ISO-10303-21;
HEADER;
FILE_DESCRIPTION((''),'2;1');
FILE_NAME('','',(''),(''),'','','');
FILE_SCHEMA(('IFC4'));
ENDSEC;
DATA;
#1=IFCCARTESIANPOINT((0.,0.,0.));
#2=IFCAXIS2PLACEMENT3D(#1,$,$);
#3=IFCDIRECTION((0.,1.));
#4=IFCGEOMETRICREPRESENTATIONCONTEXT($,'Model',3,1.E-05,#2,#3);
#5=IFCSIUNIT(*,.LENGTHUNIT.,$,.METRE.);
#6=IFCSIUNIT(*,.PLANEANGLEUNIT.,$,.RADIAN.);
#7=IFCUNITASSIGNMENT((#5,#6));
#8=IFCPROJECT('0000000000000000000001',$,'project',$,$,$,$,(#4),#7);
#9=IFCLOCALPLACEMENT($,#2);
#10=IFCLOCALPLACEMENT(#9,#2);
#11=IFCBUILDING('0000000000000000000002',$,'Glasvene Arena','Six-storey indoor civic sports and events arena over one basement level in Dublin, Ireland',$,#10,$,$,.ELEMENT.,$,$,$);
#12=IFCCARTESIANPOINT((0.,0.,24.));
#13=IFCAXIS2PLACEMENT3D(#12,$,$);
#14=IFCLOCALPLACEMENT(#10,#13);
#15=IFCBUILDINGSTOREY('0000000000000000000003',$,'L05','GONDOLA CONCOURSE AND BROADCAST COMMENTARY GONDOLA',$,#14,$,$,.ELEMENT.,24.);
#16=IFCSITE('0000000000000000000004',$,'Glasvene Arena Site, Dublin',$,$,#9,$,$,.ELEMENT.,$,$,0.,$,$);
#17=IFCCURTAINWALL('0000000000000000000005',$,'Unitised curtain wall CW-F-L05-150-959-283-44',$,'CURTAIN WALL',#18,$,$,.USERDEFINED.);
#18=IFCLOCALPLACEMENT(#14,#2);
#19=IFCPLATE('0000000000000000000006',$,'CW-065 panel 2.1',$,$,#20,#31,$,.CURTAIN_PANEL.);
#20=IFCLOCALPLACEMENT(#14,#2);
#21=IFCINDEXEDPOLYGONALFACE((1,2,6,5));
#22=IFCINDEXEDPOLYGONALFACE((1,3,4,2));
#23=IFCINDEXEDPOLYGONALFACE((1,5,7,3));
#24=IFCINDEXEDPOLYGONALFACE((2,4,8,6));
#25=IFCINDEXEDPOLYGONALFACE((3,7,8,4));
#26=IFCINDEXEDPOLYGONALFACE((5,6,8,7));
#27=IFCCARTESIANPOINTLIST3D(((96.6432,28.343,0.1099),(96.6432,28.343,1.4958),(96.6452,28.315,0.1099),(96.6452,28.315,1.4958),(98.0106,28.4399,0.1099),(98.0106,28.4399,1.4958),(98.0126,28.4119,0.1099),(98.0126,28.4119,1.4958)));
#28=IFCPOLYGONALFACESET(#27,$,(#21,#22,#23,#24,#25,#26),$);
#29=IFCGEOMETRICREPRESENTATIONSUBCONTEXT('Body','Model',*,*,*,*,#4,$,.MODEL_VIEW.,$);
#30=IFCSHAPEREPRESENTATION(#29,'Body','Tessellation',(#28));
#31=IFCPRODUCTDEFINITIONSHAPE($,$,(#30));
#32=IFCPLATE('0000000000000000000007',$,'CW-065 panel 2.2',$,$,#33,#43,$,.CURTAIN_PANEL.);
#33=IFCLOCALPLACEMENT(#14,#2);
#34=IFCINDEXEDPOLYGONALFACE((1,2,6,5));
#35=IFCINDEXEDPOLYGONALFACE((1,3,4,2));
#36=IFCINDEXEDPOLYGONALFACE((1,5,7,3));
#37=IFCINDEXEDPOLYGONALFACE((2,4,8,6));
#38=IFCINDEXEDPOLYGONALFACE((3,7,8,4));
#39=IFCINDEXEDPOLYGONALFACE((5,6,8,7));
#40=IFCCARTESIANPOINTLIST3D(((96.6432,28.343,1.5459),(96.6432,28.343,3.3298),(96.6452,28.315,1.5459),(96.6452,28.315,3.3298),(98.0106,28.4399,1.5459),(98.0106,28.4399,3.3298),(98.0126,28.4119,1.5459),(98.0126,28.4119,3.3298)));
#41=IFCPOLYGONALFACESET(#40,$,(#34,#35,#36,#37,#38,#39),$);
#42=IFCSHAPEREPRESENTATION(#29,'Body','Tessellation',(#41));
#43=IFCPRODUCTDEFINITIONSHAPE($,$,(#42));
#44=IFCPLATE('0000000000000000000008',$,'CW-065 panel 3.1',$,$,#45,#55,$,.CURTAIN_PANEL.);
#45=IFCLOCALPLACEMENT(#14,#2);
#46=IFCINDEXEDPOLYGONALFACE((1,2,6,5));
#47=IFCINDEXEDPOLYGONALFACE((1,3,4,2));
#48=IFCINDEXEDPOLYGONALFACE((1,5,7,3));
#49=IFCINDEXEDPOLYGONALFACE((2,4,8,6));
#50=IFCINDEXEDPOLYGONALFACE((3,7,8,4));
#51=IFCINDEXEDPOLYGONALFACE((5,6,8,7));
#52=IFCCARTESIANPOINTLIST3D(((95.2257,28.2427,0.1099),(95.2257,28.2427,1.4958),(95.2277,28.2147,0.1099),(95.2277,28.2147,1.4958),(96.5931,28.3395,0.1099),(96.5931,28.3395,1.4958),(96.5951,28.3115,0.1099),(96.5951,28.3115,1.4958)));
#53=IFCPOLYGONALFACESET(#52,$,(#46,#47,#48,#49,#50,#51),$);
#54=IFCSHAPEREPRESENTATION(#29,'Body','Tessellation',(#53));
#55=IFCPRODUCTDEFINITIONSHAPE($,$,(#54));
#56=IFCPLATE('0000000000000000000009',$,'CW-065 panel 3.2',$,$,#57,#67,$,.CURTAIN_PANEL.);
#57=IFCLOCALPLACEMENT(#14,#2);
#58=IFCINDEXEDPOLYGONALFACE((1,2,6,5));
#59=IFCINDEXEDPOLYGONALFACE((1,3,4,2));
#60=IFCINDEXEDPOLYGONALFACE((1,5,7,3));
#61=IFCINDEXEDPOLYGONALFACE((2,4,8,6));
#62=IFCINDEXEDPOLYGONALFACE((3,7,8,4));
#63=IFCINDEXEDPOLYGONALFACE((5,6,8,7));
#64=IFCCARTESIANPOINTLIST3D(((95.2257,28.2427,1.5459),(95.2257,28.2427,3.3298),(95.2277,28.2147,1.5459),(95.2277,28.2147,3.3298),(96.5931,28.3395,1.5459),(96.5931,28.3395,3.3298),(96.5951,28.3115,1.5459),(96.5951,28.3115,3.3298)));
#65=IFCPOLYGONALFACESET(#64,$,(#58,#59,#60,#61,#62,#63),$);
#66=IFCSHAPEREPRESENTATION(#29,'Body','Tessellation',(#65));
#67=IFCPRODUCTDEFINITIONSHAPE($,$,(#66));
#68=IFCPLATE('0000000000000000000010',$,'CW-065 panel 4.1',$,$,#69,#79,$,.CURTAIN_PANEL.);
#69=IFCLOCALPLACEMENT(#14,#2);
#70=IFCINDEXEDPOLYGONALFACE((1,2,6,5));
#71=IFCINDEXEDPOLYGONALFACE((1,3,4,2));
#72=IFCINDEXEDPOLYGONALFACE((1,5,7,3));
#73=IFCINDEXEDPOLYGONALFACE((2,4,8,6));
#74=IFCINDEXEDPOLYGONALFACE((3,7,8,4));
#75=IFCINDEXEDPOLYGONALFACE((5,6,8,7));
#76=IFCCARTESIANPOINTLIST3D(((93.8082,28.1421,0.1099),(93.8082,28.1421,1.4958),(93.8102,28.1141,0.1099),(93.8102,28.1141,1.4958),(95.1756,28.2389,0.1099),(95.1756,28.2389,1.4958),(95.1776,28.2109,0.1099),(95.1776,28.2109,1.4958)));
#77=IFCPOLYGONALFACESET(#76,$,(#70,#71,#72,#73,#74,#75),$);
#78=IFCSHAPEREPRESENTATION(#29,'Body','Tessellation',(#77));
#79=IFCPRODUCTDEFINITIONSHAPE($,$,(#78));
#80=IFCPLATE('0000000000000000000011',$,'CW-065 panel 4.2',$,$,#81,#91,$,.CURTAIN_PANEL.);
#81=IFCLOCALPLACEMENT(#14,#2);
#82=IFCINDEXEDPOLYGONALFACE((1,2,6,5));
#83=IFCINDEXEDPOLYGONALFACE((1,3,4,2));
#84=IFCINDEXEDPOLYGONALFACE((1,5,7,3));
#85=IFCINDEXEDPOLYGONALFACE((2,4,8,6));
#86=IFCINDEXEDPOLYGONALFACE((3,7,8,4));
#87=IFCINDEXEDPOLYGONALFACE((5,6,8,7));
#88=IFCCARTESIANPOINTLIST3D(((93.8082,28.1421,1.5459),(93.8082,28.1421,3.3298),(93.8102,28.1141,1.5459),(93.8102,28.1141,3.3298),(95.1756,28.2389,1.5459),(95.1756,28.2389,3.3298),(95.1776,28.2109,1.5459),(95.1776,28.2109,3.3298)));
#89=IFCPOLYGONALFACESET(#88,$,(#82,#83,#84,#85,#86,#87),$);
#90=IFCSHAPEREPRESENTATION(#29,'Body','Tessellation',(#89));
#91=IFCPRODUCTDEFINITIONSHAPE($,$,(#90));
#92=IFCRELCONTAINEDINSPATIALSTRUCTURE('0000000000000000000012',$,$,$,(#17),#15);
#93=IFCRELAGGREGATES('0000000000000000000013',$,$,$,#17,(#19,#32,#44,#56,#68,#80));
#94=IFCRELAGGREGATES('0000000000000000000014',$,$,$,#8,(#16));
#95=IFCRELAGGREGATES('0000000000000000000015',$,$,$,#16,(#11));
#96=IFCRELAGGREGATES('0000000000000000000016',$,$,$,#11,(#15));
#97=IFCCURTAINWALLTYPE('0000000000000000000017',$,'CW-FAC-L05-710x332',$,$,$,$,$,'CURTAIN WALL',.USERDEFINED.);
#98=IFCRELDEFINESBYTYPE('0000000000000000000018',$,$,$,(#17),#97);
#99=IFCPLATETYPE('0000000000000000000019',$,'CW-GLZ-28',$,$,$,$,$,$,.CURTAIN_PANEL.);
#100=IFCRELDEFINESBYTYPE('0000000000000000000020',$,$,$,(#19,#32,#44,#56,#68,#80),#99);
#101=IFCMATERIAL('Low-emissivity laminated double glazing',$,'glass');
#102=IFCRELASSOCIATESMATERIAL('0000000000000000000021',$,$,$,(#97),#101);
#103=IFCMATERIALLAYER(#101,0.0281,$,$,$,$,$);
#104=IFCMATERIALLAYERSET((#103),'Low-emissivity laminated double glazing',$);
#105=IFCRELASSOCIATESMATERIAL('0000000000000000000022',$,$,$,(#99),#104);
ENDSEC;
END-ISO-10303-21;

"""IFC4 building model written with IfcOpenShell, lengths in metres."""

from ifc_helpers import new_model, si_unit, direction, frame, origin, origin_2d, place, context, subcontext, project, spatial, rectangle, extrude, material, layer, layer_set, type_object, element, aggregate, save


model = new_model("IFC4")

# Units and contexts
model_context = context("Model", 3, precision=1e-05, world=origin(), true_north=direction((0.0, 1.0)))
body_context = subcontext(model_context, "Body", "Model", "MODEL_VIEW")
ifc_project = project(units=[si_unit("LENGTHUNIT", "METRE"), si_unit("PLANEANGLEUNIT", "RADIAN")], contexts=[model_context])

# Site, building, storey
site_placement = place(None, origin())
site = spatial("IfcSite", under=ifc_project, at=site_placement, Name="Glasvene Arena Site, Dublin", CompositionType="ELEMENT", RefElevation=0.0)
building_placement = place(site_placement, origin())
building = spatial("IfcBuilding", under=site, at=building_placement, Name="Glasvene Arena", Description="Six-storey indoor civic sports and events arena over one basement level in Dublin, Ireland", CompositionType="ELEMENT")
storey_placement = place(building_placement, frame((0.0, 0.0, 24.0)))
storey = spatial("IfcBuildingStorey", under=building, at=storey_placement, Name="L05", Description="GONDOLA CONCOURSE AND BROADCAST COMMENTARY GONDOLA", CompositionType="ELEMENT", Elevation=24.0)

# Curtain wall, plates
ifc_material_1 = material(Name="Low-emissivity laminated double glazing", Category="glass")
curtain_wall_type = type_object("IfcCurtainWallType", Name="CW-FAC-L05-710x332", ElementType="CURTAIN WALL", PredefinedType="USERDEFINED", material=ifc_material_1)
curtain_wall_placement = place(storey_placement, frame((99.4539, 28.5281, 0.0)))
curtain_wall = element("IfcCurtainWall", 1, at=curtain_wall_placement, inside=storey, type_object=curtain_wall_type, Name="Unitised curtain wall CW-F-L05-150-959-283-44", ObjectType="CURTAIN WALL", PredefinedType="USERDEFINED")
ifc_layer_1 = layer(ifc_material_1, 0.0281)
ifc_layer_set_1 = layer_set([ifc_layer_1], Name="Low-emissivity laminated double glazing")
plate_type = type_object("IfcPlateType", Name="CW-GLZ-28", PredefinedType="CURTAIN_PANEL", material=ifc_layer_set_1)
plate_1_placement = place(storey_placement, frame((97.3279, 28.3774, 0.1099), z_axis=(0.0, 0.0, 1.0), x_axis=(-0.997501, -0.070657, 0.0)))
plate_1 = element("IfcPlate", 2, at=plate_1_placement, type_object=plate_type, Name="CW-065 panel 2.1", PredefinedType="CURTAIN_PANEL", context=body_context, shape_type="SweptSolid", body=[
    extrude(rectangle(XDim=1.3708, YDim=0.0281, at=origin_2d()), origin(), (0.0, 0.0, 1.0), 1.386),
])
plate_2_placement = place(storey_placement, frame((97.3279, 28.3774, 1.5459), z_axis=(0.0, 0.0, 1.0), x_axis=(-0.997501, -0.070657, 0.0)))
plate_2 = element("IfcPlate", 3, at=plate_2_placement, type_object=plate_type, Name="CW-065 panel 2.2", PredefinedType="CURTAIN_PANEL", context=body_context, shape_type="SweptSolid", body=[
    extrude(rectangle(XDim=1.3708, YDim=0.0281, at=origin_2d()), origin(), (0.0, 0.0, 1.0), 1.7839),
])
plate_3_placement = place(storey_placement, frame((95.9104, 28.2771, 0.1099), z_axis=(0.0, 0.0, 1.0), x_axis=(-0.997501, -0.070657, 0.0)))
plate_3 = element("IfcPlate", 4, at=plate_3_placement, type_object=plate_type, Name="CW-065 panel 3.1", PredefinedType="CURTAIN_PANEL", context=body_context, shape_type="SweptSolid", body=[
    extrude(rectangle(XDim=1.3708, YDim=0.0281, at=origin_2d()), origin(), (0.0, 0.0, 1.0), 1.386),
])
plate_4_placement = place(storey_placement, frame((95.9104, 28.2771, 1.5459), z_axis=(0.0, 0.0, 1.0), x_axis=(-0.997501, -0.070657, 0.0)))
plate_4 = element("IfcPlate", 5, at=plate_4_placement, type_object=plate_type, Name="CW-065 panel 3.2", PredefinedType="CURTAIN_PANEL", context=body_context, shape_type="SweptSolid", body=[
    extrude(rectangle(XDim=1.3708, YDim=0.0281, at=origin_2d()), origin(), (0.0, 0.0, 1.0), 1.7839),
])
plate_5_placement = place(storey_placement, frame((94.4929, 28.1765, 0.1099), z_axis=(0.0, 0.0, 1.0), x_axis=(-0.997501, -0.070657, 0.0)))
plate_5 = element("IfcPlate", 6, at=plate_5_placement, type_object=plate_type, Name="CW-065 panel 4.1", PredefinedType="CURTAIN_PANEL", context=body_context, shape_type="SweptSolid", body=[
    extrude(rectangle(XDim=1.3708, YDim=0.0281, at=origin_2d()), origin(), (0.0, 0.0, 1.0), 1.386),
])
plate_6_placement = place(storey_placement, frame((94.4929, 28.1765, 1.5459), z_axis=(0.0, 0.0, 1.0), x_axis=(-0.997501, -0.070657, 0.0)))
plate_6 = element("IfcPlate", 7, at=plate_6_placement, type_object=plate_type, Name="CW-065 panel 4.2", PredefinedType="CURTAIN_PANEL", context=body_context, shape_type="SweptSolid", body=[
    extrude(rectangle(XDim=1.3708, YDim=0.0281, at=origin_2d()), origin(), (0.0, 0.0, 1.0), 1.7839),
])
aggregate(curtain_wall, [plate_1, plate_2, plate_3, plate_4, plate_5, plate_6])

save(model, "model.ifc")
